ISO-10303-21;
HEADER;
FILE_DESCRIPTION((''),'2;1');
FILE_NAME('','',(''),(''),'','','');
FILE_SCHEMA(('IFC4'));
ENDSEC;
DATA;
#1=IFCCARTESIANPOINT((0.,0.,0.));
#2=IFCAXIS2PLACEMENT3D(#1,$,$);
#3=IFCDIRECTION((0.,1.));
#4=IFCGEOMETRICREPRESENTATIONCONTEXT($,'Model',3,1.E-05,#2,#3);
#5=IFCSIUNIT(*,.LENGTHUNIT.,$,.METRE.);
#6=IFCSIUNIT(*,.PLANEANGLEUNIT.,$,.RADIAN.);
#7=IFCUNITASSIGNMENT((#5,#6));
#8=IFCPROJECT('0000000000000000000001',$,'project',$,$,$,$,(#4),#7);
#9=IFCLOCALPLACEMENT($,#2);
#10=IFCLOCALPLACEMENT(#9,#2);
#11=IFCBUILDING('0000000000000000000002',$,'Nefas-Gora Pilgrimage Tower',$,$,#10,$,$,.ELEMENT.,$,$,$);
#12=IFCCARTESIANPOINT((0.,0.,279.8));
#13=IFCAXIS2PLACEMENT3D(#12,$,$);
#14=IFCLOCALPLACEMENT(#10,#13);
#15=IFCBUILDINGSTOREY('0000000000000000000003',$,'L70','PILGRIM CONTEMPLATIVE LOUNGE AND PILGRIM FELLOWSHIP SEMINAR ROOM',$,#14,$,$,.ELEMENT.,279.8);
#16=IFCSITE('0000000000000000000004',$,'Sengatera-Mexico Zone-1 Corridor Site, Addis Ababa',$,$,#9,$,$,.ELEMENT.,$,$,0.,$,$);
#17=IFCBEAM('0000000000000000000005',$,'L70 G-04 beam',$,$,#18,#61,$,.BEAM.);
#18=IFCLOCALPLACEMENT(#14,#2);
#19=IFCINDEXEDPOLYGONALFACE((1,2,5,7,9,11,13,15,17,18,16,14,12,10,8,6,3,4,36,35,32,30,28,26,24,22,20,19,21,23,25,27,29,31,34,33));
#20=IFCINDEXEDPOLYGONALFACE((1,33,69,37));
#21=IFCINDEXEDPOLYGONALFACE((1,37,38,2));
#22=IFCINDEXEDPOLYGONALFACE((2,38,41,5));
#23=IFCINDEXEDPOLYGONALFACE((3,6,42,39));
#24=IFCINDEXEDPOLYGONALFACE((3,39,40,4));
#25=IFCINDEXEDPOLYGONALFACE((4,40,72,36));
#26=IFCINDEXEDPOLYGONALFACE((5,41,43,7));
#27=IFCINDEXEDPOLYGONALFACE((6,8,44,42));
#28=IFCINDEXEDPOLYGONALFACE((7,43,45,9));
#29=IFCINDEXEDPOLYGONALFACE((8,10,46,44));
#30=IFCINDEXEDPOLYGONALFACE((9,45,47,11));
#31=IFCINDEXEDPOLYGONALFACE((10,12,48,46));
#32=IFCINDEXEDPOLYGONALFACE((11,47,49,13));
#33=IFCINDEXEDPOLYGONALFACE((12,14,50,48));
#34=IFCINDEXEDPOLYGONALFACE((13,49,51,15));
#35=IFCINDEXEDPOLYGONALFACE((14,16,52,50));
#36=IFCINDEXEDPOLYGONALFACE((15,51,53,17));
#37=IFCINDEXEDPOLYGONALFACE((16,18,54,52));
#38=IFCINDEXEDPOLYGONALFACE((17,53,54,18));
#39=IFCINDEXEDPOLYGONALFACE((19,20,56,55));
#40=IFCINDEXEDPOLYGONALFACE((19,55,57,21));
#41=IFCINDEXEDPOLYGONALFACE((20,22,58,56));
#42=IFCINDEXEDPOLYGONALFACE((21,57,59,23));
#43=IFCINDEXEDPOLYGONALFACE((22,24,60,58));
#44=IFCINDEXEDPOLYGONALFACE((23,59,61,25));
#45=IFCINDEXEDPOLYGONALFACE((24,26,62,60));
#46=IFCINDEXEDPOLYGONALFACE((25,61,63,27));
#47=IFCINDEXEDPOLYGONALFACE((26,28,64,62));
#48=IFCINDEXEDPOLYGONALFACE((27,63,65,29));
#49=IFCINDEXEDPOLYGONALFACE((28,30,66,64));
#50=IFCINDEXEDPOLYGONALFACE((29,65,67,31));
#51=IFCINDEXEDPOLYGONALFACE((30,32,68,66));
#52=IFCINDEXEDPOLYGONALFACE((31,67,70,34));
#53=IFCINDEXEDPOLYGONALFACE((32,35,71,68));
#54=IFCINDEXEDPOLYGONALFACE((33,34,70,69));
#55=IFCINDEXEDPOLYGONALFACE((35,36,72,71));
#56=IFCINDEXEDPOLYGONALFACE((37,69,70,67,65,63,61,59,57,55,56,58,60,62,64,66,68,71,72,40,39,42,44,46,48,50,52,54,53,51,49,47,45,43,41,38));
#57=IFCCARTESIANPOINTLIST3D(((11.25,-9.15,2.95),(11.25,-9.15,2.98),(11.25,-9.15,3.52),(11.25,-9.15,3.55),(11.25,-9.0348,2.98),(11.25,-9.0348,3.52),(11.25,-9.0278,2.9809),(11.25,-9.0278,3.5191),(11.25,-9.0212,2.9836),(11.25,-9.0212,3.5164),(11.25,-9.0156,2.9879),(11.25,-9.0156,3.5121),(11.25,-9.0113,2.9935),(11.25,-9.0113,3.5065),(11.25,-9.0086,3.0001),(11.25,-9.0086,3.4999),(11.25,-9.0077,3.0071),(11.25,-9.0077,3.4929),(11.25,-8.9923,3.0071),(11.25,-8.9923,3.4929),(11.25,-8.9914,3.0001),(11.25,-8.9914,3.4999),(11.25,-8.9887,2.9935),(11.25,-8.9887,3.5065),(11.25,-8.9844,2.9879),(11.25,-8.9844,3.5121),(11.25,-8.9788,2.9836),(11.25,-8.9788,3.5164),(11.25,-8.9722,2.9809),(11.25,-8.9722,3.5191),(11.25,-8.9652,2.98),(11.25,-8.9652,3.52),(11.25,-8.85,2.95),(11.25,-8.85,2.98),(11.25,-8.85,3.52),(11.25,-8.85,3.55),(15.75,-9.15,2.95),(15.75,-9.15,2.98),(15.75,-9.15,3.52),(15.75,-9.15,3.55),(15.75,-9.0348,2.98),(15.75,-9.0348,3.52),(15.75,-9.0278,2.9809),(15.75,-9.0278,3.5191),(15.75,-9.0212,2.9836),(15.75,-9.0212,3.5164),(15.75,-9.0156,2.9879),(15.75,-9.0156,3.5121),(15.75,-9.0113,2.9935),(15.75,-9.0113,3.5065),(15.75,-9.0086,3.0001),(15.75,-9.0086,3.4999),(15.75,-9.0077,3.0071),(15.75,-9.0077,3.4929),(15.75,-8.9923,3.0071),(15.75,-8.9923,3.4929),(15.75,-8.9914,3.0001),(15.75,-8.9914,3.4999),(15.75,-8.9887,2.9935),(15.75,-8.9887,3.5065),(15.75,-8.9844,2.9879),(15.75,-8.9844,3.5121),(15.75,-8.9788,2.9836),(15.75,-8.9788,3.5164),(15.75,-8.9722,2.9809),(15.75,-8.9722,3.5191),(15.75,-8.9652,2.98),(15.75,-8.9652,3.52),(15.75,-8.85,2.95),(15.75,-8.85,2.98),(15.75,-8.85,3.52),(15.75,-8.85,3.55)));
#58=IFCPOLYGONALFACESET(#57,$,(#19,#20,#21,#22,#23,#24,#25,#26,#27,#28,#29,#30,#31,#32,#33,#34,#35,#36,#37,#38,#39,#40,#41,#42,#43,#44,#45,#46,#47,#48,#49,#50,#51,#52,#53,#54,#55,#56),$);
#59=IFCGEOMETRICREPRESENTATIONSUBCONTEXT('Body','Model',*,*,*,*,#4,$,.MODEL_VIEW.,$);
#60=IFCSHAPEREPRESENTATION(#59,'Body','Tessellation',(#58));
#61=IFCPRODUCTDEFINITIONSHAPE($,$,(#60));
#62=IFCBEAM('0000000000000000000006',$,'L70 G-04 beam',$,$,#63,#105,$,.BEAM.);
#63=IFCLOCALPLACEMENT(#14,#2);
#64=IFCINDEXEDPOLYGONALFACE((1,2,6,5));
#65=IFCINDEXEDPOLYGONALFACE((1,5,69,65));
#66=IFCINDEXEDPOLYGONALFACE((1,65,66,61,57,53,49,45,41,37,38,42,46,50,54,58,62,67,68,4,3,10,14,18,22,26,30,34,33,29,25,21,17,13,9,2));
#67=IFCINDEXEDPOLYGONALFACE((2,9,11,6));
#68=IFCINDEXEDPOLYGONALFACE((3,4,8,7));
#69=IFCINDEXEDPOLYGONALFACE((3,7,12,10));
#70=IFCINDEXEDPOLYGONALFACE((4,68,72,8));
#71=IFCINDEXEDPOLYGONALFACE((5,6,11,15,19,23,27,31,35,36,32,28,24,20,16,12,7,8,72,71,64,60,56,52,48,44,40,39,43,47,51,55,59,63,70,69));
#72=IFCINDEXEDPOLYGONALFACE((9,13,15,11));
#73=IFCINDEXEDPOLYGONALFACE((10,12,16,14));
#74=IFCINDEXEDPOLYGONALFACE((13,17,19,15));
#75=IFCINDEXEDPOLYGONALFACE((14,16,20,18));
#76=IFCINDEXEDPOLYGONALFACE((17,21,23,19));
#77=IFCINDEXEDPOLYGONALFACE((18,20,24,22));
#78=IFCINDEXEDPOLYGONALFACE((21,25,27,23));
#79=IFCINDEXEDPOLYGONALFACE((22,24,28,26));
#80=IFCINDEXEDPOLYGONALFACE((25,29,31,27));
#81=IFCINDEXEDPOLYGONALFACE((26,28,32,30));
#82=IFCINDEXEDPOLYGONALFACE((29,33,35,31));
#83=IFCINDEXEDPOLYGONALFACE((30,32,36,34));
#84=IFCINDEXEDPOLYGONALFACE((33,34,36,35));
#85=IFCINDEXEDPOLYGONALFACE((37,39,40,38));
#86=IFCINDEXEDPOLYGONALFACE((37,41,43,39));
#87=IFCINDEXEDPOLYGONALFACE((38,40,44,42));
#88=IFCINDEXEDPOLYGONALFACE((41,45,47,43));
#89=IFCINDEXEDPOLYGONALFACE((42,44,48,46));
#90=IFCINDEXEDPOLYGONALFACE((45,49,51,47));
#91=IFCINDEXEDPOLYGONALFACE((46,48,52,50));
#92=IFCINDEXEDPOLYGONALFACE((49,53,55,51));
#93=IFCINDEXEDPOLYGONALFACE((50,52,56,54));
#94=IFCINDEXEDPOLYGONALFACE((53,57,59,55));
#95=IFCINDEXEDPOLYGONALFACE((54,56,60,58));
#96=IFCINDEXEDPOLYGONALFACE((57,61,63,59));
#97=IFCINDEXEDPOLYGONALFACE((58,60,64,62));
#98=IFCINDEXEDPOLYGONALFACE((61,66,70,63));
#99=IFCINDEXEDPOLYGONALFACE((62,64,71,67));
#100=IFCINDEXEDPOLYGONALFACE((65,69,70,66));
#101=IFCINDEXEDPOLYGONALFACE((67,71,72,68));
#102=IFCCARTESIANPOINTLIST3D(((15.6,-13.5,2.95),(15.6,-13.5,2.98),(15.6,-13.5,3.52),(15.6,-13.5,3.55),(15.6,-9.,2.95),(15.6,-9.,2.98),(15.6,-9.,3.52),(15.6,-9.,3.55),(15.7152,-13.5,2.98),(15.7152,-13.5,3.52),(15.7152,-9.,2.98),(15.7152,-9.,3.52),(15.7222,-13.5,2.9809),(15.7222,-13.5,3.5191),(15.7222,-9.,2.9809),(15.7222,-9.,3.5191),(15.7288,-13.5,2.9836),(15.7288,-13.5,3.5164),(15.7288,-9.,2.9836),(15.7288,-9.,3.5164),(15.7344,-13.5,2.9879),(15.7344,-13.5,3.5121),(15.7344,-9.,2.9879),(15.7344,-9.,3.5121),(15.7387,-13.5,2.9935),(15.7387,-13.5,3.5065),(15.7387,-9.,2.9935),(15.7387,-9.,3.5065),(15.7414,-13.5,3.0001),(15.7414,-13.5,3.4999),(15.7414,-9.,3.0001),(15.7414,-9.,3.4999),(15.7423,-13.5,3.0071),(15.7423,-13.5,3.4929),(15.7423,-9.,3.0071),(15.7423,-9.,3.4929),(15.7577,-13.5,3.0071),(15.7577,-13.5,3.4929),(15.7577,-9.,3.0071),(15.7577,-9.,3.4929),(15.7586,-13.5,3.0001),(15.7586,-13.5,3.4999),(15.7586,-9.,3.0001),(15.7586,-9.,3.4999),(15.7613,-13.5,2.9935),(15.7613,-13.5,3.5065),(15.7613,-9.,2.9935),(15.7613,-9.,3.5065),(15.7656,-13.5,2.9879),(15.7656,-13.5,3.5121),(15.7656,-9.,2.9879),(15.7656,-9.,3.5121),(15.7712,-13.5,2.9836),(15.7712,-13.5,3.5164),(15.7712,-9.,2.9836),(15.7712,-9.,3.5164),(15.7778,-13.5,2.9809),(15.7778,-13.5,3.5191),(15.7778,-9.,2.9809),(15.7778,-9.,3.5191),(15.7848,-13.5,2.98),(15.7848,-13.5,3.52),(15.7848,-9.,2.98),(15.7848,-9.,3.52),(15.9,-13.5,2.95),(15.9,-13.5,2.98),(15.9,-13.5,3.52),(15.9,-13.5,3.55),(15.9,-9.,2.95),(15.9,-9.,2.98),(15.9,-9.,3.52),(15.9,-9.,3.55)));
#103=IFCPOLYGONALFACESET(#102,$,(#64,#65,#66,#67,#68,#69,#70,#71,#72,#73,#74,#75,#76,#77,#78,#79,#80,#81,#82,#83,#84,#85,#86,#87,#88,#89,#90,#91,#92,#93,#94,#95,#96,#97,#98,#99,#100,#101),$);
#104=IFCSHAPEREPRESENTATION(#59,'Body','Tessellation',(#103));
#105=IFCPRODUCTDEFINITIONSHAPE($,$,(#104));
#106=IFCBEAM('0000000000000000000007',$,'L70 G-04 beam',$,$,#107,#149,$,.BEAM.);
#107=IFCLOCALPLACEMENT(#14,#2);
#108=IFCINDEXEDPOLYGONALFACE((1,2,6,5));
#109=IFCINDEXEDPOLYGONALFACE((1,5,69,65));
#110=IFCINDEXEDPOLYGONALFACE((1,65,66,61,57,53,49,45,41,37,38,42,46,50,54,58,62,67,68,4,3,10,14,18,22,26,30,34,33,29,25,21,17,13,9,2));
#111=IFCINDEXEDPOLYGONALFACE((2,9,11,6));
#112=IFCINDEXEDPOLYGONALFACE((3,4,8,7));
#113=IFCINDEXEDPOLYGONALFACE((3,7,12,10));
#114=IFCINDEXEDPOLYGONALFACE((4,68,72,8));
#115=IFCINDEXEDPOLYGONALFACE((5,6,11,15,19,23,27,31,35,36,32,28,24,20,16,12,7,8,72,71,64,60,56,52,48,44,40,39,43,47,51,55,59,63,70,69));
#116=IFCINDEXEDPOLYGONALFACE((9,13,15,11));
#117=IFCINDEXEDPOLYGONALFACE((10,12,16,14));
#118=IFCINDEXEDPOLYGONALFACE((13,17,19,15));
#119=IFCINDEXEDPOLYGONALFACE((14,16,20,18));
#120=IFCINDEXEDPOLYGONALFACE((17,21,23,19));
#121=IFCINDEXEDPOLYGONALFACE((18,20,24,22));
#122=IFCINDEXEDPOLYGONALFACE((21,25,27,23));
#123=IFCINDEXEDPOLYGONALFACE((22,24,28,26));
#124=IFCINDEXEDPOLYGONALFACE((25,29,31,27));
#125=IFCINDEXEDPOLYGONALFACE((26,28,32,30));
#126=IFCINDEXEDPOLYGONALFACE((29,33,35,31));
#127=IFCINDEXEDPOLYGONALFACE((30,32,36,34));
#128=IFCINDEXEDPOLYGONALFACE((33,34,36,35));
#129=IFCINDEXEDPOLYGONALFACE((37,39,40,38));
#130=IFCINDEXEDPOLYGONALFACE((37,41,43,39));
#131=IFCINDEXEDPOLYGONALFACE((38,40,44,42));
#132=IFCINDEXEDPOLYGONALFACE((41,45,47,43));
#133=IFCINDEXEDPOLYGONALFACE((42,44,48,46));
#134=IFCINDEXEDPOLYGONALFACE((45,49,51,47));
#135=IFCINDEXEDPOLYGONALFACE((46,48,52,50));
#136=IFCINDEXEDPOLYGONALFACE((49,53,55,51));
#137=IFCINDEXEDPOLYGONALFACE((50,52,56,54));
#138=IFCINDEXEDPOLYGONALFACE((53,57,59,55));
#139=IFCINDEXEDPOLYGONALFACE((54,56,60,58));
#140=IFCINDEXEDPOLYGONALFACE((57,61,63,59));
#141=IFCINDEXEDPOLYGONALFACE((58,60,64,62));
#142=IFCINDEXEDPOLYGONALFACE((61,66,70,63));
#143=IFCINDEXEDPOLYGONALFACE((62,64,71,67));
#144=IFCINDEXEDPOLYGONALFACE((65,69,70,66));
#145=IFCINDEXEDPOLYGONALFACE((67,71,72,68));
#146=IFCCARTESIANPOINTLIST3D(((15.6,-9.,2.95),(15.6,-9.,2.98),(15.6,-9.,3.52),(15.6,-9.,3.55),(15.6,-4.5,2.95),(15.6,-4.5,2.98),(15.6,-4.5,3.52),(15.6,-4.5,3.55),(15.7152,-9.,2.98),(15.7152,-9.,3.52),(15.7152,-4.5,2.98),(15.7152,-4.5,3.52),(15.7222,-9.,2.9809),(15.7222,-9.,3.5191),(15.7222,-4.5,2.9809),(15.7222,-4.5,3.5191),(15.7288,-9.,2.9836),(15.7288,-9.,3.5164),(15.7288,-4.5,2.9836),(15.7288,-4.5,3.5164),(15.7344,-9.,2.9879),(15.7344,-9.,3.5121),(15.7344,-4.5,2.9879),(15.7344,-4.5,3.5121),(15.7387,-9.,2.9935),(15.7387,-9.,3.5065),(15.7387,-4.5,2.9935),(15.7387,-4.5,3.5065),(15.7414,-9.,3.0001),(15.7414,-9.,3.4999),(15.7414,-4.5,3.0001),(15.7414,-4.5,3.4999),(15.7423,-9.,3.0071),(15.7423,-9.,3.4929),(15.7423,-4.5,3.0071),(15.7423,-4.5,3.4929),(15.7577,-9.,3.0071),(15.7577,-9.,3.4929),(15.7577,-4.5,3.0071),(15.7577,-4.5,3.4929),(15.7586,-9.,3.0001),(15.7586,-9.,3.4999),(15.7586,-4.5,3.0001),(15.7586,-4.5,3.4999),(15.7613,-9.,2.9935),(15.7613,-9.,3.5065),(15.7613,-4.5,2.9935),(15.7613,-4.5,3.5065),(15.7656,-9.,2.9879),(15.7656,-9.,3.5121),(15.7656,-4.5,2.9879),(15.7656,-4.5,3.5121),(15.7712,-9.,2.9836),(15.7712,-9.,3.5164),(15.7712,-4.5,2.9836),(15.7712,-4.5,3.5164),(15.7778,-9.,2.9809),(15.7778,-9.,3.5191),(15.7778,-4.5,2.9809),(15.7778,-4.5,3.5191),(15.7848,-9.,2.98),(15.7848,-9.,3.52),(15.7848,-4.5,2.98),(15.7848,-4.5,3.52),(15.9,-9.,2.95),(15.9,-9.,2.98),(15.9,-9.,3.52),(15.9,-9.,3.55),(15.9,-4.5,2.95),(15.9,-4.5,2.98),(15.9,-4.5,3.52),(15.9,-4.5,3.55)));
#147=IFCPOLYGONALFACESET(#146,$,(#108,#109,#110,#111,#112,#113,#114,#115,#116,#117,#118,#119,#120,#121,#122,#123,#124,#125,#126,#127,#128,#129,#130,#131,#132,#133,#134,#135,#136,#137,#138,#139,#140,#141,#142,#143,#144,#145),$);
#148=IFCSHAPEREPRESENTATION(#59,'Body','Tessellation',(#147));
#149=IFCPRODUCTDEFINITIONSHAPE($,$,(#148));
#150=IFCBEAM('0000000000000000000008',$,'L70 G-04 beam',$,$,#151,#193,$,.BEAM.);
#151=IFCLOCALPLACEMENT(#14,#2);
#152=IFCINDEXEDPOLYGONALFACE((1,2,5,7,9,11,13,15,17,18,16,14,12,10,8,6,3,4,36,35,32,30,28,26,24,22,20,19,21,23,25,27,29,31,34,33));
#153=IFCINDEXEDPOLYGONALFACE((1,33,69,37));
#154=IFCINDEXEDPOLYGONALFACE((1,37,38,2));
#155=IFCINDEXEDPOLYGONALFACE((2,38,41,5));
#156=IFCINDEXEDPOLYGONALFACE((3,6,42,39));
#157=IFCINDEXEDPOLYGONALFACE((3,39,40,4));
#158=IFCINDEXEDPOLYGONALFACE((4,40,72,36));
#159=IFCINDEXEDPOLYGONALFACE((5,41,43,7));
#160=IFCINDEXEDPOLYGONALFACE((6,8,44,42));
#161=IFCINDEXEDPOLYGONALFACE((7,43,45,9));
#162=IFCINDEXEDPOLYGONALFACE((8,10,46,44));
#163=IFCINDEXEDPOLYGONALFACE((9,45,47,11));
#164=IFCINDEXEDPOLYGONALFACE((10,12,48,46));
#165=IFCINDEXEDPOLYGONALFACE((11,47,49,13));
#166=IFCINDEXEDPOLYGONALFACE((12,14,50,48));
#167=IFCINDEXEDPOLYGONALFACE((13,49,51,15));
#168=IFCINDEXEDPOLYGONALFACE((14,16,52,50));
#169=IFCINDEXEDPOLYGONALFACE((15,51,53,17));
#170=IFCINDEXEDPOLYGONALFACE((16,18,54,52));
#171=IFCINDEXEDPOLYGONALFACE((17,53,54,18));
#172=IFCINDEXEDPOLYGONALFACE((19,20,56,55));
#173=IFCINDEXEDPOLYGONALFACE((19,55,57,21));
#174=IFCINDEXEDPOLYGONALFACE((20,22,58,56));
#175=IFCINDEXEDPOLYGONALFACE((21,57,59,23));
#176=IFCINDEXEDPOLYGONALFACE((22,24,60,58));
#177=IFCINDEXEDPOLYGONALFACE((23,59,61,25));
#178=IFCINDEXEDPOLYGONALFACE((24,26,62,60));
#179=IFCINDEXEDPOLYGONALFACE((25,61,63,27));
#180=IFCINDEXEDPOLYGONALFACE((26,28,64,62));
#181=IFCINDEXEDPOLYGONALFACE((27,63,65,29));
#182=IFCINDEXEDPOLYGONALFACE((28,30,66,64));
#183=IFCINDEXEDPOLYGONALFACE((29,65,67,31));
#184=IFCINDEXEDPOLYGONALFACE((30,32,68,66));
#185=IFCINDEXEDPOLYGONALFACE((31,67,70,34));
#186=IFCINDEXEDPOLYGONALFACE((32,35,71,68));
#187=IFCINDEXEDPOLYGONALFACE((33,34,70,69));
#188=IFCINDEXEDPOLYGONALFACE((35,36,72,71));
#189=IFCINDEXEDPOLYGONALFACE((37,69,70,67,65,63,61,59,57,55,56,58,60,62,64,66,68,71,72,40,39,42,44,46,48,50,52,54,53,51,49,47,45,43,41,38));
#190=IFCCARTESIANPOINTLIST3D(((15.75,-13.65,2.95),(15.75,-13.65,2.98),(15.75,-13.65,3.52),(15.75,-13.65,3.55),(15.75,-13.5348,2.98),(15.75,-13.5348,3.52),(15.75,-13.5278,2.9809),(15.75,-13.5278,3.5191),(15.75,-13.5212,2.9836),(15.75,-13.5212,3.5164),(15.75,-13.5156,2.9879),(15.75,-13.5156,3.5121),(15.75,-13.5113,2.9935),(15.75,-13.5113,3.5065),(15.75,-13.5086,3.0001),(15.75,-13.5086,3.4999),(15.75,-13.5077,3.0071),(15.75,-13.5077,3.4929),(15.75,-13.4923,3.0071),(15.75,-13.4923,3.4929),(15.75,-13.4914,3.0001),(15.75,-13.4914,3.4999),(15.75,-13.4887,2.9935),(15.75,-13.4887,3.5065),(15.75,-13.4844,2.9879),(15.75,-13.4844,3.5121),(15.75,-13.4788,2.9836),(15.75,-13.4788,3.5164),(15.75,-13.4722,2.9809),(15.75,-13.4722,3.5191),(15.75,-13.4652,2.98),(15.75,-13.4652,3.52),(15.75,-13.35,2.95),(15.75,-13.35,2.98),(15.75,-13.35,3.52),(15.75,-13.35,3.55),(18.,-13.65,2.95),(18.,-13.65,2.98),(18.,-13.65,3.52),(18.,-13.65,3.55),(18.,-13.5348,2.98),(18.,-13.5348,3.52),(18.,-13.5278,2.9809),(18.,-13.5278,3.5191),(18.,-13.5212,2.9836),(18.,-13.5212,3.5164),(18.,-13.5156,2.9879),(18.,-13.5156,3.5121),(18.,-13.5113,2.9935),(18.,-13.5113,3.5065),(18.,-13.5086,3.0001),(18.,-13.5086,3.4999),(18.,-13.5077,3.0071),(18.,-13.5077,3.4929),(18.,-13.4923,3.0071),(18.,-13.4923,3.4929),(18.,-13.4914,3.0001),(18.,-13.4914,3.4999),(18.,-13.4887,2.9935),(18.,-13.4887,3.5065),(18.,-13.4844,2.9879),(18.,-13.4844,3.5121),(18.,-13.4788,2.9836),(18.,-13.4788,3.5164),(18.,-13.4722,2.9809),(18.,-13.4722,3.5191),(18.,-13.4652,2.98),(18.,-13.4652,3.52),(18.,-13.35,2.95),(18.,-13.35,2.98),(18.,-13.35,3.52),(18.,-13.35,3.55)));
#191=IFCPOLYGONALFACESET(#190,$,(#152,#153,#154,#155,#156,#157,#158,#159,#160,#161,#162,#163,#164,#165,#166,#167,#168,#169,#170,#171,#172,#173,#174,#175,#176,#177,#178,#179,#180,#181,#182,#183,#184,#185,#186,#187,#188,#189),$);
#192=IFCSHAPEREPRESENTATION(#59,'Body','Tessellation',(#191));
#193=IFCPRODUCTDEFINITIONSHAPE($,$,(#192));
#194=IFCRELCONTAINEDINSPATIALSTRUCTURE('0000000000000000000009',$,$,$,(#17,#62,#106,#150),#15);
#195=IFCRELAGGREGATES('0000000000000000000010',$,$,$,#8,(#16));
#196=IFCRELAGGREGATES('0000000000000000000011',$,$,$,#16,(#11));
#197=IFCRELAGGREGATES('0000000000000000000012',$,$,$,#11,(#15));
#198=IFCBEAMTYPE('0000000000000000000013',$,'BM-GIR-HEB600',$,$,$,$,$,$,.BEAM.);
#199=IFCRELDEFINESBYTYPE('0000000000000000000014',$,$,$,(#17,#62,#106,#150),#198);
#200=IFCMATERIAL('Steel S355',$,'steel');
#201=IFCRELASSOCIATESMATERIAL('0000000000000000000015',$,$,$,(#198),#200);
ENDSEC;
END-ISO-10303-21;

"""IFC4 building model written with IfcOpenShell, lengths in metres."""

from ifc_helpers import new_model, si_unit, direction, frame, origin, origin_2d, place, context, subcontext, project, spatial, i_section, extrude, source, transform, mapped, material, material_profile, profile_set, type_object, element, save


model = new_model("IFC4")

# Units and contexts
model_context = context("Model", 3, precision=1e-05, world=origin(), true_north=direction((0.0, 1.0)))
body_context = subcontext(model_context, "Body", "Model", "MODEL_VIEW")
ifc_project = project(units=[si_unit("LENGTHUNIT", "METRE"), si_unit("PLANEANGLEUNIT", "RADIAN")], contexts=[model_context])

# Site, building, storey
site_placement = place(None, origin())
site = spatial("IfcSite", under=ifc_project, at=site_placement, Name="Sengatera-Mexico Zone-1 Corridor Site, Addis Ababa", CompositionType="ELEMENT", RefElevation=0.0)
building_placement = place(site_placement, origin())
building = spatial("IfcBuilding", under=site, at=building_placement, Name="Nefas-Gora Pilgrimage Tower", CompositionType="ELEMENT")
storey_placement = place(building_placement, frame((0.0, 0.0, 279.8)))
storey = spatial("IfcBuildingStorey", under=building, at=storey_placement, Name="L70", Description="PILGRIM CONTEMPLATIVE LOUNGE AND PILGRIM FELLOWSHIP SEMINAR ROOM", CompositionType="ELEMENT", Elevation=279.8)

# Shared definitions
ifc_material_1 = material(Name="Steel S355", Category="steel")

# Beams
ifc_material_profile_1 = material_profile(ifc_material_1, i_section(OverallWidth=0.3, OverallDepth=0.6001, WebThickness=0.0154, FlangeThickness=0.03, FilletRadius=0.0271, at=origin_2d()), Name="HEB 600")
ifc_profile_set_1 = profile_set([ifc_material_profile_1], Name="Steel S355")
beam_type_1 = type_object("IfcBeamType", Name="BM-GIR-HEB600", PredefinedType="BEAM", material=ifc_profile_set_1)
shared_shape_1 = source(origin(), body_context, "Body", "SweptSolid", [
    extrude(i_section(OverallWidth=0.3, OverallDepth=0.6001, WebThickness=0.0154, FlangeThickness=0.03, FilletRadius=0.0271, at=origin_2d()), origin(), (0.0, 0.0, 1.0), 4.5),
])
for number, where, z_axis, x_axis, name in (
    (1, (11.25, -9.0, 3.25), (1.0, 0.0, 0.0), (0.0, 1.0, 0.0), "L70 G-04 beam"),
    (2, (15.75, -13.5, 3.25), (0.0, 1.0, 0.0), (-1.0, 0.0, 0.0), "L70 G-04 beam"),
    (3, (15.75, -9.0, 3.25), (0.0, 1.0, 0.0), (-1.0, 0.0, 0.0), "L70 G-04 beam"),
):
    element("IfcBeam", number, at=place(storey_placement, frame(where, z_axis=z_axis, x_axis=x_axis)), inside=storey, type_object=beam_type_1, Name=name, PredefinedType="BEAM", context=body_context, shape_type="MappedRepresentation", body=[
        mapped(shared_shape_1, transform((0.0, 0.0, 0.0), x_axis=(1.0, 0.0, 0.0), y_axis=(0.0, 1.0, 0.0), z_axis=(0.0, 0.0, 1.0), scale=1.0)),
    ])
shared_shape_2 = source(origin(), body_context, "Body", "SweptSolid", [
    extrude(i_section(OverallWidth=0.3, OverallDepth=0.6001, WebThickness=0.0154, FlangeThickness=0.03, FilletRadius=0.0271, at=origin_2d()), origin(), (0.0, 0.0, 1.0), 2.25),
])
for number, where, z_axis, x_axis, name in (
    (4, (15.75, -13.5, 3.25), (1.0, 0.0, 0.0), (0.0, 1.0, 0.0), "L70 G-04 beam"),
):
    element("IfcBeam", number, at=place(storey_placement, frame(where, z_axis=z_axis, x_axis=x_axis)), inside=storey, type_object=beam_type_1, Name=name, PredefinedType="BEAM", context=body_context, shape_type="MappedRepresentation", body=[
        mapped(shared_shape_2, transform((0.0, 0.0, 0.0), x_axis=(1.0, 0.0, 0.0), y_axis=(0.0, 1.0, 0.0), z_axis=(0.0, 0.0, 1.0), scale=1.0)),
    ])

save(model, "model.ifc")
